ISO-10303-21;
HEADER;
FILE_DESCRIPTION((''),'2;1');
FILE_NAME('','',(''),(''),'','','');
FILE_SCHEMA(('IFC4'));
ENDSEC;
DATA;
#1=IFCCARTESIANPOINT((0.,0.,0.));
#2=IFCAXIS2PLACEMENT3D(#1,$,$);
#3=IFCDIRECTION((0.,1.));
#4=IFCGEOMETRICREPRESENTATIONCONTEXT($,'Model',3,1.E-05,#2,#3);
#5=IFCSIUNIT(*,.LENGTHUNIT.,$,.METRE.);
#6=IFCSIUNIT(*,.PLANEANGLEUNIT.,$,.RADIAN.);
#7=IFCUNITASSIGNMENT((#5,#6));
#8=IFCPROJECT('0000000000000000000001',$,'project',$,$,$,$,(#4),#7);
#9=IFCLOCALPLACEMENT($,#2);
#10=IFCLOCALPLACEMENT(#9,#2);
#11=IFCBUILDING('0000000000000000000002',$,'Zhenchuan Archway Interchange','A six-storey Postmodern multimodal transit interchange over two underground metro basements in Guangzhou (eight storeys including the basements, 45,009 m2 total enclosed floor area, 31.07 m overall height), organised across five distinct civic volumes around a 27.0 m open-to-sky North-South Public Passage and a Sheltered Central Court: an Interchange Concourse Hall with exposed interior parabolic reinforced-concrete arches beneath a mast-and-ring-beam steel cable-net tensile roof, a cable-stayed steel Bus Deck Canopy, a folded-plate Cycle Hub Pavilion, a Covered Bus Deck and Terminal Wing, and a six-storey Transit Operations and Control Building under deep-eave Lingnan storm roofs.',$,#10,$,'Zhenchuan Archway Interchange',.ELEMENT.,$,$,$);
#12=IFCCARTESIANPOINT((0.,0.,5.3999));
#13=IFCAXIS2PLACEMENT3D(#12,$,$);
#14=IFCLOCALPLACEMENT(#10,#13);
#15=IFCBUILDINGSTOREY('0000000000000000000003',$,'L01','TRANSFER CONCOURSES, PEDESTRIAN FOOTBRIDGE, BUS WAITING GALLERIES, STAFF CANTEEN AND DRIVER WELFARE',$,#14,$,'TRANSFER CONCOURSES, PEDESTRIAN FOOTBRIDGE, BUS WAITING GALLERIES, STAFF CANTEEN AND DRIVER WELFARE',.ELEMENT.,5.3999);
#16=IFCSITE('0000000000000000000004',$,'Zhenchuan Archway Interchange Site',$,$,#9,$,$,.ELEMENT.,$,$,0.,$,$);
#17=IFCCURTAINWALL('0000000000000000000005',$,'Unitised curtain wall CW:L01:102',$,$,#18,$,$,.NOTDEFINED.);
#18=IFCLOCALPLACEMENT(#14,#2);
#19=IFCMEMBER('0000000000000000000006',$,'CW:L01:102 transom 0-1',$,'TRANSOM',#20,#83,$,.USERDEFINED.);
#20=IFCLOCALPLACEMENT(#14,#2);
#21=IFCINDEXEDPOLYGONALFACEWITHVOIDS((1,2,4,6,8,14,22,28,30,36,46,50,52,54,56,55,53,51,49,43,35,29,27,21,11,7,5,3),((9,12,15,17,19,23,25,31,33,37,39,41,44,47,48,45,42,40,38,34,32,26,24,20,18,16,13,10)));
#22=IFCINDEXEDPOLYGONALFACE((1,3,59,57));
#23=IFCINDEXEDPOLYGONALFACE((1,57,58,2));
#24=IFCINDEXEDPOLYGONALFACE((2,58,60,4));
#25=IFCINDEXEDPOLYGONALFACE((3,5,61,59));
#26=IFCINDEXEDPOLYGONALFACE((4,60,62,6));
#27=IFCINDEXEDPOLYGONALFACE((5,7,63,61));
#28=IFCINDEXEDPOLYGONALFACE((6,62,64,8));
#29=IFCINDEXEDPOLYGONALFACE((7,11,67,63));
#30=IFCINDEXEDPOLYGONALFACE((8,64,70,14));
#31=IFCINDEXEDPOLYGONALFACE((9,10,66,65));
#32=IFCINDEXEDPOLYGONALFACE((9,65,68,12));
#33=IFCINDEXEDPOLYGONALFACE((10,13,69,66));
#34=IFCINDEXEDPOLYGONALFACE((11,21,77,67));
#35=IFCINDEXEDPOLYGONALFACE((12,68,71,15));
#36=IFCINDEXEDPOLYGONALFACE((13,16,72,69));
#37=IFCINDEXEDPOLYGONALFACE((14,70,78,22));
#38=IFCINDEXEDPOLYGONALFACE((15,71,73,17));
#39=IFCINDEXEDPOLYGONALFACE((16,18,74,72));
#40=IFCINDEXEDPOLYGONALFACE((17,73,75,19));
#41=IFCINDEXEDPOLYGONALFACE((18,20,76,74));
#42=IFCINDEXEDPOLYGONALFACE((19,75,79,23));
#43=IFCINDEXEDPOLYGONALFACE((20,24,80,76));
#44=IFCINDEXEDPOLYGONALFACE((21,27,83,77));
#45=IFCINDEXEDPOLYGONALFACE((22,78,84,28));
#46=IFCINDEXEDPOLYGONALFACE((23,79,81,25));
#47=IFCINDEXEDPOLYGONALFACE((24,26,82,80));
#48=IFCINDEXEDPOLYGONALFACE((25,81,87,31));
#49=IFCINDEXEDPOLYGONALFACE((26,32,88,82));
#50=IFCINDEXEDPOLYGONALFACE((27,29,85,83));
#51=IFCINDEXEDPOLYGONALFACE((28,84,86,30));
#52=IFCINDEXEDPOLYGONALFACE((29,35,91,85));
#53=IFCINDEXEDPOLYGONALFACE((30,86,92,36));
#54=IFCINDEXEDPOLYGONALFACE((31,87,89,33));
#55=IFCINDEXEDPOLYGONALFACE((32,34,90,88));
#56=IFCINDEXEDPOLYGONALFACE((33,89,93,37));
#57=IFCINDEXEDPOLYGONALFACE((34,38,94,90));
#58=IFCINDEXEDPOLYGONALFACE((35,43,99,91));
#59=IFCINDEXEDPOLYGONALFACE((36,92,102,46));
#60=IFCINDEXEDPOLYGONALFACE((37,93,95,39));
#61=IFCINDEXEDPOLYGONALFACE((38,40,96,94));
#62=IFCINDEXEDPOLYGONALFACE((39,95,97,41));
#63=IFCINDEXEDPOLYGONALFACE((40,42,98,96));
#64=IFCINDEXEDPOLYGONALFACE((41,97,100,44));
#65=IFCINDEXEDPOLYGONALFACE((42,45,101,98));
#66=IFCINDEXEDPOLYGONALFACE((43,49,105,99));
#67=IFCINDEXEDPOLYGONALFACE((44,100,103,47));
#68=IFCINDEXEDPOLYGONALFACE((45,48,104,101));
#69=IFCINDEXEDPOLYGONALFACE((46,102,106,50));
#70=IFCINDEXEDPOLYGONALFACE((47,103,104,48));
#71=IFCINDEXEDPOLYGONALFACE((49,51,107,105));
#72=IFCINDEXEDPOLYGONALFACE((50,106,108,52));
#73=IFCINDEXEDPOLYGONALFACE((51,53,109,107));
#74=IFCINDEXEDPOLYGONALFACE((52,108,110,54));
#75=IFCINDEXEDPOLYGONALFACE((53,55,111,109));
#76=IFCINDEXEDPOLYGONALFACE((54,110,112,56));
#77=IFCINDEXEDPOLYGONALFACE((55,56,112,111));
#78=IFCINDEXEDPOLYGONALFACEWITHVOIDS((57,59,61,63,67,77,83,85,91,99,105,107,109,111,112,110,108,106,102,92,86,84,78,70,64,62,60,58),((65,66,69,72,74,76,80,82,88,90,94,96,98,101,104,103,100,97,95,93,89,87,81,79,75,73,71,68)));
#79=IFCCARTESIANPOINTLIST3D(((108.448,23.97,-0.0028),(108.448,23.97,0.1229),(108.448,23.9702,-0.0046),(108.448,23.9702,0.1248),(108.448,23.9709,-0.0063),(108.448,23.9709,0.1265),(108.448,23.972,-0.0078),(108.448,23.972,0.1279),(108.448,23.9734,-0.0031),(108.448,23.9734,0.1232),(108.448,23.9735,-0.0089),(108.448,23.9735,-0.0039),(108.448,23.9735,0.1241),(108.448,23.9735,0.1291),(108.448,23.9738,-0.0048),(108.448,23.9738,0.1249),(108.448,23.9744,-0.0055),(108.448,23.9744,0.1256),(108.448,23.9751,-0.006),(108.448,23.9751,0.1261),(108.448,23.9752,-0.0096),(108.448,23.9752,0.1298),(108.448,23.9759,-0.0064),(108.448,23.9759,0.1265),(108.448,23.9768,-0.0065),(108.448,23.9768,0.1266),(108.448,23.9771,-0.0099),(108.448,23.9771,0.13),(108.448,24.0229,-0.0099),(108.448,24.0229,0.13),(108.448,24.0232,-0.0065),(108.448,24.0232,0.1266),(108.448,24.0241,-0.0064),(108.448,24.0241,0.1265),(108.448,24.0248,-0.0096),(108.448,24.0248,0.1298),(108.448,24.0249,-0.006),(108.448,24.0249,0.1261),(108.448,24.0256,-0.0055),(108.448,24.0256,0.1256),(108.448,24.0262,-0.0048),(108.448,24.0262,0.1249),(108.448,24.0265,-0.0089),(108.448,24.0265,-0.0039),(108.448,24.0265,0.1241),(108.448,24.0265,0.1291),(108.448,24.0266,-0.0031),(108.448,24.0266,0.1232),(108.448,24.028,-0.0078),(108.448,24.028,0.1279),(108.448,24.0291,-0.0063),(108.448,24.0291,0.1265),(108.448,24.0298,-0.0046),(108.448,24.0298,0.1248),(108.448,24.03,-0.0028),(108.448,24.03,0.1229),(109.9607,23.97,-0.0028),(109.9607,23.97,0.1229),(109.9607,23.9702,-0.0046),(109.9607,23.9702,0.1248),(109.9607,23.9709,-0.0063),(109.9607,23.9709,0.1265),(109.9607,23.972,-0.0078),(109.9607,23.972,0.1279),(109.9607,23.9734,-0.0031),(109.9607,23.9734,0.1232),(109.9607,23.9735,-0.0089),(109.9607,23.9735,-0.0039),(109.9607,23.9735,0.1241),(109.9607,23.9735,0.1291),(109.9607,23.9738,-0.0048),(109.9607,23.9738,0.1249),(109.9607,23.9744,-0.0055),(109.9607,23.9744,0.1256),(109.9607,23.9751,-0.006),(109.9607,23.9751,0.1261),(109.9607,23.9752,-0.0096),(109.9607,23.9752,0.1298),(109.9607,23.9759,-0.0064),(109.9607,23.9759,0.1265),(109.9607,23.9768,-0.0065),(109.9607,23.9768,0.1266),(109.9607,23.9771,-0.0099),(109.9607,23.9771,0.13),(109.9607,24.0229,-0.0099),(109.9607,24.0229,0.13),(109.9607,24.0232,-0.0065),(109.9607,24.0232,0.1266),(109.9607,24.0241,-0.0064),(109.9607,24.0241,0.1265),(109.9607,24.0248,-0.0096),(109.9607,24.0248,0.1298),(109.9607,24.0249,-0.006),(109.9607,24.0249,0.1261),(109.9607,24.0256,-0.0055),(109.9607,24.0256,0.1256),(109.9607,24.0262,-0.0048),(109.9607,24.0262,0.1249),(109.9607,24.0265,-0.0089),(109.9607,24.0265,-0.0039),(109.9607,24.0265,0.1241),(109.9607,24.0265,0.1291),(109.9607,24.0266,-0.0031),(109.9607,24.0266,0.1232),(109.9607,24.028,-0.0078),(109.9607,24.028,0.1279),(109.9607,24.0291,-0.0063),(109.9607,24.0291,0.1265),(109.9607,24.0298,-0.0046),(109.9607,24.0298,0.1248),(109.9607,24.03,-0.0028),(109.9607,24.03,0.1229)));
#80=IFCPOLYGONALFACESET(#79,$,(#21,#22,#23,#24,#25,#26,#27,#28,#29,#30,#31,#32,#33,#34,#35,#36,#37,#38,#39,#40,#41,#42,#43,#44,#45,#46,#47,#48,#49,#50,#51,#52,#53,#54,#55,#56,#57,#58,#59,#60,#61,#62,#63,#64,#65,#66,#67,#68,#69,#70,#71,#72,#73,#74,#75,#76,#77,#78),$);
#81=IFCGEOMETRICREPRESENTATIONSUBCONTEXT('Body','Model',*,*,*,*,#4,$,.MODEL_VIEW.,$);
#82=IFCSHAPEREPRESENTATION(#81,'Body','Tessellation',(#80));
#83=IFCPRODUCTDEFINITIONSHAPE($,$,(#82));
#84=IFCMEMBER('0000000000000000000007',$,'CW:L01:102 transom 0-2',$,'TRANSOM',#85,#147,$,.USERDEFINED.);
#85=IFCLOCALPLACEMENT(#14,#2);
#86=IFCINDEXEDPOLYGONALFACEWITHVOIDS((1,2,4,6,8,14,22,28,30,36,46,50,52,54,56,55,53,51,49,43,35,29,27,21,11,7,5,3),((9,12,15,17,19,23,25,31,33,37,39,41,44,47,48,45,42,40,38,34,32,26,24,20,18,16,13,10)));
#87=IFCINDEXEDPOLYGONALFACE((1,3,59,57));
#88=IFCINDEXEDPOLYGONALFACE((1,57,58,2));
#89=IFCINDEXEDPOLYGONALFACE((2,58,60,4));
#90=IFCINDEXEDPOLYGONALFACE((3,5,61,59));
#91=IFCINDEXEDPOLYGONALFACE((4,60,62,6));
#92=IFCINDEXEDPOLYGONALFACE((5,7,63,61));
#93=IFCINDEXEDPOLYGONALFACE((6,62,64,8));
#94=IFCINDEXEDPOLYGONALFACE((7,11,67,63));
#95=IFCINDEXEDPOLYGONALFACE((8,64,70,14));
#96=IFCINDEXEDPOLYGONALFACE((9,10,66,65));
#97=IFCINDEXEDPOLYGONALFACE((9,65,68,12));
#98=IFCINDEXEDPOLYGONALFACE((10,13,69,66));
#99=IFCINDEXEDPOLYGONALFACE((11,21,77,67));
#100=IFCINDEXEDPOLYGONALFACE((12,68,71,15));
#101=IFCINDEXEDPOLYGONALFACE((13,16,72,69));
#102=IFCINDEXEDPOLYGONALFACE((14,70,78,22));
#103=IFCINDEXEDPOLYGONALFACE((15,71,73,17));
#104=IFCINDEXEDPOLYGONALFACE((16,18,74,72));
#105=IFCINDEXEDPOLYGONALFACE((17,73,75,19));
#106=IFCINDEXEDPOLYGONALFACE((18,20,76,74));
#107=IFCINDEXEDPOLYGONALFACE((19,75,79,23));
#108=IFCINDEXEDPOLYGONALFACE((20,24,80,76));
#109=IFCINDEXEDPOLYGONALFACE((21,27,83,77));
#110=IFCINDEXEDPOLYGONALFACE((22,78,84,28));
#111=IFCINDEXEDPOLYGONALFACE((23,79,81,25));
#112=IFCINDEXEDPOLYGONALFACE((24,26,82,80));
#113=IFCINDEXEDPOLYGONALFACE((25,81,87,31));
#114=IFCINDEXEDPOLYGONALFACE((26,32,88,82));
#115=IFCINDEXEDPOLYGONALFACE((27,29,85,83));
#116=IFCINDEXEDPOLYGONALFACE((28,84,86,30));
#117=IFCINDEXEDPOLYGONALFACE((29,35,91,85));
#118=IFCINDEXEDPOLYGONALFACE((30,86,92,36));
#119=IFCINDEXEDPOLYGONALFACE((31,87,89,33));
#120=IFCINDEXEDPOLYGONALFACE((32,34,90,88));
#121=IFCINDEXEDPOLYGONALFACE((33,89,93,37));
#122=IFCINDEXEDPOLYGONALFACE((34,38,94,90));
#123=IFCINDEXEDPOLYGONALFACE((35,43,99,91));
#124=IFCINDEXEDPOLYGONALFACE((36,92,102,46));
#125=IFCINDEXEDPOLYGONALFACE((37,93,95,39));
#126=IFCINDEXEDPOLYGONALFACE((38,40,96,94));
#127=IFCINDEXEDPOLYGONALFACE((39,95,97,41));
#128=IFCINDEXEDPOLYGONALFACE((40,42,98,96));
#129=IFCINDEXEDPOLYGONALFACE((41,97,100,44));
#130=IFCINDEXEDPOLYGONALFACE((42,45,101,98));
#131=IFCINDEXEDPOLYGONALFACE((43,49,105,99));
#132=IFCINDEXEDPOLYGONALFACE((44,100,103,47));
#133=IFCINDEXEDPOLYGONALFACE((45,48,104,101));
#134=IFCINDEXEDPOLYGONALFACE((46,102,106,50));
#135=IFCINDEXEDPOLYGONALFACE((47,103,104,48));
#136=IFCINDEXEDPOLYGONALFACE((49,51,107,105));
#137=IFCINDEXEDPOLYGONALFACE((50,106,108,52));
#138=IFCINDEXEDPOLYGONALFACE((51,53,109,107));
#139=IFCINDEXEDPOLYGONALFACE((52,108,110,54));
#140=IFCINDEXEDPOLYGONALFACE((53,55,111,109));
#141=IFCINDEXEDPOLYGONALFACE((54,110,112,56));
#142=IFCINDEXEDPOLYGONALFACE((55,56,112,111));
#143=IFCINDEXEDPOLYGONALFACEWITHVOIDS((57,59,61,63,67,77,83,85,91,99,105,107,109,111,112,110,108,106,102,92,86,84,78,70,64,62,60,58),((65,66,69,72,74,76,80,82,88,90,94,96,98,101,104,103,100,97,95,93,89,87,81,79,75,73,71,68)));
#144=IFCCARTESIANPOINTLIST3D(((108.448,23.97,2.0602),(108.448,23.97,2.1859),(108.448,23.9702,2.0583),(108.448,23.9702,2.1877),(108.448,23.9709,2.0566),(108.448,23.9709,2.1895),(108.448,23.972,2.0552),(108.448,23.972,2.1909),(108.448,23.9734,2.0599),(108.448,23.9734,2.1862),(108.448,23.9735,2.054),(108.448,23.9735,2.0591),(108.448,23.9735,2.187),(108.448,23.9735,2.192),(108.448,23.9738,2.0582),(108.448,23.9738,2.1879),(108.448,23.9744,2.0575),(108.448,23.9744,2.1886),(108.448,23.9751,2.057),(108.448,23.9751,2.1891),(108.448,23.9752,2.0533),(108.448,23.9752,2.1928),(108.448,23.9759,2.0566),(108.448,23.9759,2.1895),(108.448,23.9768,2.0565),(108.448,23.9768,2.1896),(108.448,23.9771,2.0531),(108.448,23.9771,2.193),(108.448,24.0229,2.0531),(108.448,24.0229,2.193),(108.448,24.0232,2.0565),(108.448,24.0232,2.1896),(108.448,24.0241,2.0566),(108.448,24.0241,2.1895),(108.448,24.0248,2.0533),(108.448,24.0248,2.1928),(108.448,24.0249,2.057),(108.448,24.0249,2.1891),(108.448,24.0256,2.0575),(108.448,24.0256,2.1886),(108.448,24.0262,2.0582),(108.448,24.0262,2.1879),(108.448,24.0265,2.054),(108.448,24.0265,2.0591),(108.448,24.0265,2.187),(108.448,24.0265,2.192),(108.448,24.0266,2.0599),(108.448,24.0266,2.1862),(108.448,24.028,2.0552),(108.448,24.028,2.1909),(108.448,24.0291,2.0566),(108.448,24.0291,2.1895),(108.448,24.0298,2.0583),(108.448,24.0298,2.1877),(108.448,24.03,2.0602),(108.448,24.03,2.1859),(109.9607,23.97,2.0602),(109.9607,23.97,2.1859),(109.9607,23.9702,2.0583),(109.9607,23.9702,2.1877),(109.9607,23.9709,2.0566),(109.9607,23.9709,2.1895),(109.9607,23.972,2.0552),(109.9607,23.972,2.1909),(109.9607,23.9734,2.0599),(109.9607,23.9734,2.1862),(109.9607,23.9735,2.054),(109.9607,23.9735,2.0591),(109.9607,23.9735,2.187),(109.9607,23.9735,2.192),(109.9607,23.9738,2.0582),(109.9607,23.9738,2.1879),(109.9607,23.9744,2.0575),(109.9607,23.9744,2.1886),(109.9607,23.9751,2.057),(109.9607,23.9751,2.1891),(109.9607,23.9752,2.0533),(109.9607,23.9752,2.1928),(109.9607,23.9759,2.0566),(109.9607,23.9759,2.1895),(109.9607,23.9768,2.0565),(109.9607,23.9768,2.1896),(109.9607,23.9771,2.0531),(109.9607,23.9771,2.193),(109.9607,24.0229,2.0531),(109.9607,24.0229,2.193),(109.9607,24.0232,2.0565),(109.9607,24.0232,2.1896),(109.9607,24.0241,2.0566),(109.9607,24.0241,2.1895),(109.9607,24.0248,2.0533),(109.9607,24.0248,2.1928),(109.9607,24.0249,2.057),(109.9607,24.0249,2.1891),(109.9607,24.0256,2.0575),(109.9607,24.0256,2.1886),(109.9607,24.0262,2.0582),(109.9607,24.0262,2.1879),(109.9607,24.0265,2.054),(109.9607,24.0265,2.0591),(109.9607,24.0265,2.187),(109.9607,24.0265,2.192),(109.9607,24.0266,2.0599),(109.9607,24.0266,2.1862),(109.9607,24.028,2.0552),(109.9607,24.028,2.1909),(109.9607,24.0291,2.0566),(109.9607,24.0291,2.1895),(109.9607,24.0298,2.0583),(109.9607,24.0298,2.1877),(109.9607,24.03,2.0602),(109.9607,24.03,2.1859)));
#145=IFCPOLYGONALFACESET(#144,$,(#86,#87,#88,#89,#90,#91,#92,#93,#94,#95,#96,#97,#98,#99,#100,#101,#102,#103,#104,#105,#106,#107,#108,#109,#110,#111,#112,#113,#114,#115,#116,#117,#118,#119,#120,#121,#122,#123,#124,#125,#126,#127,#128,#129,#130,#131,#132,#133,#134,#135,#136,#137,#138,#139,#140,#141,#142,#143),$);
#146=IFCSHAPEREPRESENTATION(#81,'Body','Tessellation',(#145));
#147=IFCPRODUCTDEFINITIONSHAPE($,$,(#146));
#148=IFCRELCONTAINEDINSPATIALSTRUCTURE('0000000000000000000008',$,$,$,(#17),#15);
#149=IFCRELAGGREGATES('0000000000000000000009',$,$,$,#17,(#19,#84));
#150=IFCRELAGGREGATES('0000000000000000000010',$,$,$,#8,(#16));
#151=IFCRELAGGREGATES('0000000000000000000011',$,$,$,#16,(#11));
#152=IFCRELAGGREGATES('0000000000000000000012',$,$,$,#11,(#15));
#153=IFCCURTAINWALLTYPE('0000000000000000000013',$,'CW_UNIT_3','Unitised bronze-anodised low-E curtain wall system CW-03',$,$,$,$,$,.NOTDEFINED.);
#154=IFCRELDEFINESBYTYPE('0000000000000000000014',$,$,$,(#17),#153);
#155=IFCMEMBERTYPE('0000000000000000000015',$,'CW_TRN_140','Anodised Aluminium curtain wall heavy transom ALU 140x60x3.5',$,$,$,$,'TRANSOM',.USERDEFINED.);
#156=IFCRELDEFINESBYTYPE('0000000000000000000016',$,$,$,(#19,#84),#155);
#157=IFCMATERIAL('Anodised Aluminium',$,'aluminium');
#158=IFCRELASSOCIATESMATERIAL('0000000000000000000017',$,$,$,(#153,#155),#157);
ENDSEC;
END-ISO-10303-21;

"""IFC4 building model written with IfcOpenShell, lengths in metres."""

from ifc_helpers import new_model, si_unit, direction, frame, origin, origin_2d, place, context, subcontext, project, spatial, hollow_rectangle, extrude, material, material_profile, profile_set, type_object, element, aggregate, save


model = new_model("IFC4")

# Units and contexts
model_context = context("Model", 3, precision=1e-05, world=origin(), true_north=direction((0.0, 1.0)))
body_context = subcontext(model_context, "Body", "Model", "MODEL_VIEW")
ifc_project = project(units=[si_unit("LENGTHUNIT", "METRE"), si_unit("PLANEANGLEUNIT", "RADIAN")], contexts=[model_context])

# Site, building, storey
site_placement = place(None, origin())
site = spatial("IfcSite", under=ifc_project, at=site_placement, Name="Zhenchuan Archway Interchange Site", CompositionType="ELEMENT", RefElevation=0.0)
building_placement = place(site_placement, origin())
building = spatial("IfcBuilding", under=site, at=building_placement, Name="Zhenchuan Archway Interchange", Description="A six-storey Postmodern multimodal transit interchange over two underground metro basements in Guangzhou (eight storeys including the basements, 45,009 m2 total enclosed floor area, 31.07 m overall height), organised across five distinct civic volumes around a 27.0 m open-to-sky North-South Public Passage and a Sheltered Central Court: an Interchange Concourse Hall with exposed interior parabolic reinforced-concrete arches beneath a mast-and-ring-beam steel cable-net tensile roof, a cable-stayed steel Bus Deck Canopy, a folded-plate Cycle Hub Pavilion, a Covered Bus Deck and Terminal Wing, and a six-storey Transit Operations and Control Building under deep-eave Lingnan storm roofs.", LongName="Zhenchuan Archway Interchange", CompositionType="ELEMENT")
storey_placement = place(building_placement, frame((0.0, 0.0, 5.3999)))
storey = spatial("IfcBuildingStorey", under=building, at=storey_placement, Name="L01", Description="TRANSFER CONCOURSES, PEDESTRIAN FOOTBRIDGE, BUS WAITING GALLERIES, STAFF CANTEEN AND DRIVER WELFARE", LongName="TRANSFER CONCOURSES, PEDESTRIAN FOOTBRIDGE, BUS WAITING GALLERIES, STAFF CANTEEN AND DRIVER WELFARE", CompositionType="ELEMENT", Elevation=5.3999)

# Curtain wall, members
ifc_material_1 = material(Name="Anodised Aluminium", Category="aluminium")
curtain_wall_type = type_object("IfcCurtainWallType", Name="CW_UNIT_3", Description="Unitised bronze-anodised low-E curtain wall system CW-03", PredefinedType="NOTDEFINED", material=ifc_material_1)
curtain_wall_placement = place(storey_placement, origin())
curtain_wall = element("IfcCurtainWall", 1, at=curtain_wall_placement, inside=storey, type_object=curtain_wall_type, Name="Unitised curtain wall CW:L01:102", PredefinedType="NOTDEFINED")
ifc_material_profile_1 = material_profile(ifc_material_1, hollow_rectangle(XDim=0.0601, YDim=0.1399, WallThickness=0.0034, InnerFilletRadius=0.0034, OuterFilletRadius=0.0071, at=origin_2d()), Name="ALU 140x60x3.5")
ifc_profile_set_1 = profile_set([ifc_material_profile_1], Name="Anodised Aluminium")
member_type_1 = type_object("IfcMemberType", Name="CW_TRN_140", Description="Anodised Aluminium curtain wall heavy transom ALU 140x60x3.5", ElementType="TRANSOM", PredefinedType="USERDEFINED", material=ifc_profile_set_1)
member_1_placement = place(storey_placement, frame((108.448, 24.0, 0.0601), z_axis=(1.0, 0.0, 0.0), x_axis=(0.0, 1.0, 0.0)))
member_1 = element("IfcMember", 2, at=member_1_placement, type_object=member_type_1, Name="CW:L01:102 transom 0-1", ObjectType="TRANSOM", PredefinedType="USERDEFINED", context=body_context, shape_type="SweptSolid", body=[
    extrude(hollow_rectangle(XDim=0.0601, YDim=0.1399, WallThickness=0.0034, InnerFilletRadius=0.0034, OuterFilletRadius=0.0071, at=origin_2d()), origin(), (0.0, 0.0, 1.0), 1.5127),
])
member_2_placement = place(storey_placement, frame((108.448, 24.0, 2.123), z_axis=(1.0, 0.0, 0.0), x_axis=(0.0, 1.0, 0.0)))
member_2 = element("IfcMember", 3, at=member_2_placement, type_object=member_type_1, Name="CW:L01:102 transom 0-2", ObjectType="TRANSOM", PredefinedType="USERDEFINED", context=body_context, shape_type="SweptSolid", body=[
    extrude(hollow_rectangle(XDim=0.0601, YDim=0.1399, WallThickness=0.0034, InnerFilletRadius=0.0034, OuterFilletRadius=0.0071, at=origin_2d()), origin(), (0.0, 0.0, 1.0), 1.5127),
])

aggregate(curtain_wall, [member_1, member_2])

save(model, "model.ifc")
